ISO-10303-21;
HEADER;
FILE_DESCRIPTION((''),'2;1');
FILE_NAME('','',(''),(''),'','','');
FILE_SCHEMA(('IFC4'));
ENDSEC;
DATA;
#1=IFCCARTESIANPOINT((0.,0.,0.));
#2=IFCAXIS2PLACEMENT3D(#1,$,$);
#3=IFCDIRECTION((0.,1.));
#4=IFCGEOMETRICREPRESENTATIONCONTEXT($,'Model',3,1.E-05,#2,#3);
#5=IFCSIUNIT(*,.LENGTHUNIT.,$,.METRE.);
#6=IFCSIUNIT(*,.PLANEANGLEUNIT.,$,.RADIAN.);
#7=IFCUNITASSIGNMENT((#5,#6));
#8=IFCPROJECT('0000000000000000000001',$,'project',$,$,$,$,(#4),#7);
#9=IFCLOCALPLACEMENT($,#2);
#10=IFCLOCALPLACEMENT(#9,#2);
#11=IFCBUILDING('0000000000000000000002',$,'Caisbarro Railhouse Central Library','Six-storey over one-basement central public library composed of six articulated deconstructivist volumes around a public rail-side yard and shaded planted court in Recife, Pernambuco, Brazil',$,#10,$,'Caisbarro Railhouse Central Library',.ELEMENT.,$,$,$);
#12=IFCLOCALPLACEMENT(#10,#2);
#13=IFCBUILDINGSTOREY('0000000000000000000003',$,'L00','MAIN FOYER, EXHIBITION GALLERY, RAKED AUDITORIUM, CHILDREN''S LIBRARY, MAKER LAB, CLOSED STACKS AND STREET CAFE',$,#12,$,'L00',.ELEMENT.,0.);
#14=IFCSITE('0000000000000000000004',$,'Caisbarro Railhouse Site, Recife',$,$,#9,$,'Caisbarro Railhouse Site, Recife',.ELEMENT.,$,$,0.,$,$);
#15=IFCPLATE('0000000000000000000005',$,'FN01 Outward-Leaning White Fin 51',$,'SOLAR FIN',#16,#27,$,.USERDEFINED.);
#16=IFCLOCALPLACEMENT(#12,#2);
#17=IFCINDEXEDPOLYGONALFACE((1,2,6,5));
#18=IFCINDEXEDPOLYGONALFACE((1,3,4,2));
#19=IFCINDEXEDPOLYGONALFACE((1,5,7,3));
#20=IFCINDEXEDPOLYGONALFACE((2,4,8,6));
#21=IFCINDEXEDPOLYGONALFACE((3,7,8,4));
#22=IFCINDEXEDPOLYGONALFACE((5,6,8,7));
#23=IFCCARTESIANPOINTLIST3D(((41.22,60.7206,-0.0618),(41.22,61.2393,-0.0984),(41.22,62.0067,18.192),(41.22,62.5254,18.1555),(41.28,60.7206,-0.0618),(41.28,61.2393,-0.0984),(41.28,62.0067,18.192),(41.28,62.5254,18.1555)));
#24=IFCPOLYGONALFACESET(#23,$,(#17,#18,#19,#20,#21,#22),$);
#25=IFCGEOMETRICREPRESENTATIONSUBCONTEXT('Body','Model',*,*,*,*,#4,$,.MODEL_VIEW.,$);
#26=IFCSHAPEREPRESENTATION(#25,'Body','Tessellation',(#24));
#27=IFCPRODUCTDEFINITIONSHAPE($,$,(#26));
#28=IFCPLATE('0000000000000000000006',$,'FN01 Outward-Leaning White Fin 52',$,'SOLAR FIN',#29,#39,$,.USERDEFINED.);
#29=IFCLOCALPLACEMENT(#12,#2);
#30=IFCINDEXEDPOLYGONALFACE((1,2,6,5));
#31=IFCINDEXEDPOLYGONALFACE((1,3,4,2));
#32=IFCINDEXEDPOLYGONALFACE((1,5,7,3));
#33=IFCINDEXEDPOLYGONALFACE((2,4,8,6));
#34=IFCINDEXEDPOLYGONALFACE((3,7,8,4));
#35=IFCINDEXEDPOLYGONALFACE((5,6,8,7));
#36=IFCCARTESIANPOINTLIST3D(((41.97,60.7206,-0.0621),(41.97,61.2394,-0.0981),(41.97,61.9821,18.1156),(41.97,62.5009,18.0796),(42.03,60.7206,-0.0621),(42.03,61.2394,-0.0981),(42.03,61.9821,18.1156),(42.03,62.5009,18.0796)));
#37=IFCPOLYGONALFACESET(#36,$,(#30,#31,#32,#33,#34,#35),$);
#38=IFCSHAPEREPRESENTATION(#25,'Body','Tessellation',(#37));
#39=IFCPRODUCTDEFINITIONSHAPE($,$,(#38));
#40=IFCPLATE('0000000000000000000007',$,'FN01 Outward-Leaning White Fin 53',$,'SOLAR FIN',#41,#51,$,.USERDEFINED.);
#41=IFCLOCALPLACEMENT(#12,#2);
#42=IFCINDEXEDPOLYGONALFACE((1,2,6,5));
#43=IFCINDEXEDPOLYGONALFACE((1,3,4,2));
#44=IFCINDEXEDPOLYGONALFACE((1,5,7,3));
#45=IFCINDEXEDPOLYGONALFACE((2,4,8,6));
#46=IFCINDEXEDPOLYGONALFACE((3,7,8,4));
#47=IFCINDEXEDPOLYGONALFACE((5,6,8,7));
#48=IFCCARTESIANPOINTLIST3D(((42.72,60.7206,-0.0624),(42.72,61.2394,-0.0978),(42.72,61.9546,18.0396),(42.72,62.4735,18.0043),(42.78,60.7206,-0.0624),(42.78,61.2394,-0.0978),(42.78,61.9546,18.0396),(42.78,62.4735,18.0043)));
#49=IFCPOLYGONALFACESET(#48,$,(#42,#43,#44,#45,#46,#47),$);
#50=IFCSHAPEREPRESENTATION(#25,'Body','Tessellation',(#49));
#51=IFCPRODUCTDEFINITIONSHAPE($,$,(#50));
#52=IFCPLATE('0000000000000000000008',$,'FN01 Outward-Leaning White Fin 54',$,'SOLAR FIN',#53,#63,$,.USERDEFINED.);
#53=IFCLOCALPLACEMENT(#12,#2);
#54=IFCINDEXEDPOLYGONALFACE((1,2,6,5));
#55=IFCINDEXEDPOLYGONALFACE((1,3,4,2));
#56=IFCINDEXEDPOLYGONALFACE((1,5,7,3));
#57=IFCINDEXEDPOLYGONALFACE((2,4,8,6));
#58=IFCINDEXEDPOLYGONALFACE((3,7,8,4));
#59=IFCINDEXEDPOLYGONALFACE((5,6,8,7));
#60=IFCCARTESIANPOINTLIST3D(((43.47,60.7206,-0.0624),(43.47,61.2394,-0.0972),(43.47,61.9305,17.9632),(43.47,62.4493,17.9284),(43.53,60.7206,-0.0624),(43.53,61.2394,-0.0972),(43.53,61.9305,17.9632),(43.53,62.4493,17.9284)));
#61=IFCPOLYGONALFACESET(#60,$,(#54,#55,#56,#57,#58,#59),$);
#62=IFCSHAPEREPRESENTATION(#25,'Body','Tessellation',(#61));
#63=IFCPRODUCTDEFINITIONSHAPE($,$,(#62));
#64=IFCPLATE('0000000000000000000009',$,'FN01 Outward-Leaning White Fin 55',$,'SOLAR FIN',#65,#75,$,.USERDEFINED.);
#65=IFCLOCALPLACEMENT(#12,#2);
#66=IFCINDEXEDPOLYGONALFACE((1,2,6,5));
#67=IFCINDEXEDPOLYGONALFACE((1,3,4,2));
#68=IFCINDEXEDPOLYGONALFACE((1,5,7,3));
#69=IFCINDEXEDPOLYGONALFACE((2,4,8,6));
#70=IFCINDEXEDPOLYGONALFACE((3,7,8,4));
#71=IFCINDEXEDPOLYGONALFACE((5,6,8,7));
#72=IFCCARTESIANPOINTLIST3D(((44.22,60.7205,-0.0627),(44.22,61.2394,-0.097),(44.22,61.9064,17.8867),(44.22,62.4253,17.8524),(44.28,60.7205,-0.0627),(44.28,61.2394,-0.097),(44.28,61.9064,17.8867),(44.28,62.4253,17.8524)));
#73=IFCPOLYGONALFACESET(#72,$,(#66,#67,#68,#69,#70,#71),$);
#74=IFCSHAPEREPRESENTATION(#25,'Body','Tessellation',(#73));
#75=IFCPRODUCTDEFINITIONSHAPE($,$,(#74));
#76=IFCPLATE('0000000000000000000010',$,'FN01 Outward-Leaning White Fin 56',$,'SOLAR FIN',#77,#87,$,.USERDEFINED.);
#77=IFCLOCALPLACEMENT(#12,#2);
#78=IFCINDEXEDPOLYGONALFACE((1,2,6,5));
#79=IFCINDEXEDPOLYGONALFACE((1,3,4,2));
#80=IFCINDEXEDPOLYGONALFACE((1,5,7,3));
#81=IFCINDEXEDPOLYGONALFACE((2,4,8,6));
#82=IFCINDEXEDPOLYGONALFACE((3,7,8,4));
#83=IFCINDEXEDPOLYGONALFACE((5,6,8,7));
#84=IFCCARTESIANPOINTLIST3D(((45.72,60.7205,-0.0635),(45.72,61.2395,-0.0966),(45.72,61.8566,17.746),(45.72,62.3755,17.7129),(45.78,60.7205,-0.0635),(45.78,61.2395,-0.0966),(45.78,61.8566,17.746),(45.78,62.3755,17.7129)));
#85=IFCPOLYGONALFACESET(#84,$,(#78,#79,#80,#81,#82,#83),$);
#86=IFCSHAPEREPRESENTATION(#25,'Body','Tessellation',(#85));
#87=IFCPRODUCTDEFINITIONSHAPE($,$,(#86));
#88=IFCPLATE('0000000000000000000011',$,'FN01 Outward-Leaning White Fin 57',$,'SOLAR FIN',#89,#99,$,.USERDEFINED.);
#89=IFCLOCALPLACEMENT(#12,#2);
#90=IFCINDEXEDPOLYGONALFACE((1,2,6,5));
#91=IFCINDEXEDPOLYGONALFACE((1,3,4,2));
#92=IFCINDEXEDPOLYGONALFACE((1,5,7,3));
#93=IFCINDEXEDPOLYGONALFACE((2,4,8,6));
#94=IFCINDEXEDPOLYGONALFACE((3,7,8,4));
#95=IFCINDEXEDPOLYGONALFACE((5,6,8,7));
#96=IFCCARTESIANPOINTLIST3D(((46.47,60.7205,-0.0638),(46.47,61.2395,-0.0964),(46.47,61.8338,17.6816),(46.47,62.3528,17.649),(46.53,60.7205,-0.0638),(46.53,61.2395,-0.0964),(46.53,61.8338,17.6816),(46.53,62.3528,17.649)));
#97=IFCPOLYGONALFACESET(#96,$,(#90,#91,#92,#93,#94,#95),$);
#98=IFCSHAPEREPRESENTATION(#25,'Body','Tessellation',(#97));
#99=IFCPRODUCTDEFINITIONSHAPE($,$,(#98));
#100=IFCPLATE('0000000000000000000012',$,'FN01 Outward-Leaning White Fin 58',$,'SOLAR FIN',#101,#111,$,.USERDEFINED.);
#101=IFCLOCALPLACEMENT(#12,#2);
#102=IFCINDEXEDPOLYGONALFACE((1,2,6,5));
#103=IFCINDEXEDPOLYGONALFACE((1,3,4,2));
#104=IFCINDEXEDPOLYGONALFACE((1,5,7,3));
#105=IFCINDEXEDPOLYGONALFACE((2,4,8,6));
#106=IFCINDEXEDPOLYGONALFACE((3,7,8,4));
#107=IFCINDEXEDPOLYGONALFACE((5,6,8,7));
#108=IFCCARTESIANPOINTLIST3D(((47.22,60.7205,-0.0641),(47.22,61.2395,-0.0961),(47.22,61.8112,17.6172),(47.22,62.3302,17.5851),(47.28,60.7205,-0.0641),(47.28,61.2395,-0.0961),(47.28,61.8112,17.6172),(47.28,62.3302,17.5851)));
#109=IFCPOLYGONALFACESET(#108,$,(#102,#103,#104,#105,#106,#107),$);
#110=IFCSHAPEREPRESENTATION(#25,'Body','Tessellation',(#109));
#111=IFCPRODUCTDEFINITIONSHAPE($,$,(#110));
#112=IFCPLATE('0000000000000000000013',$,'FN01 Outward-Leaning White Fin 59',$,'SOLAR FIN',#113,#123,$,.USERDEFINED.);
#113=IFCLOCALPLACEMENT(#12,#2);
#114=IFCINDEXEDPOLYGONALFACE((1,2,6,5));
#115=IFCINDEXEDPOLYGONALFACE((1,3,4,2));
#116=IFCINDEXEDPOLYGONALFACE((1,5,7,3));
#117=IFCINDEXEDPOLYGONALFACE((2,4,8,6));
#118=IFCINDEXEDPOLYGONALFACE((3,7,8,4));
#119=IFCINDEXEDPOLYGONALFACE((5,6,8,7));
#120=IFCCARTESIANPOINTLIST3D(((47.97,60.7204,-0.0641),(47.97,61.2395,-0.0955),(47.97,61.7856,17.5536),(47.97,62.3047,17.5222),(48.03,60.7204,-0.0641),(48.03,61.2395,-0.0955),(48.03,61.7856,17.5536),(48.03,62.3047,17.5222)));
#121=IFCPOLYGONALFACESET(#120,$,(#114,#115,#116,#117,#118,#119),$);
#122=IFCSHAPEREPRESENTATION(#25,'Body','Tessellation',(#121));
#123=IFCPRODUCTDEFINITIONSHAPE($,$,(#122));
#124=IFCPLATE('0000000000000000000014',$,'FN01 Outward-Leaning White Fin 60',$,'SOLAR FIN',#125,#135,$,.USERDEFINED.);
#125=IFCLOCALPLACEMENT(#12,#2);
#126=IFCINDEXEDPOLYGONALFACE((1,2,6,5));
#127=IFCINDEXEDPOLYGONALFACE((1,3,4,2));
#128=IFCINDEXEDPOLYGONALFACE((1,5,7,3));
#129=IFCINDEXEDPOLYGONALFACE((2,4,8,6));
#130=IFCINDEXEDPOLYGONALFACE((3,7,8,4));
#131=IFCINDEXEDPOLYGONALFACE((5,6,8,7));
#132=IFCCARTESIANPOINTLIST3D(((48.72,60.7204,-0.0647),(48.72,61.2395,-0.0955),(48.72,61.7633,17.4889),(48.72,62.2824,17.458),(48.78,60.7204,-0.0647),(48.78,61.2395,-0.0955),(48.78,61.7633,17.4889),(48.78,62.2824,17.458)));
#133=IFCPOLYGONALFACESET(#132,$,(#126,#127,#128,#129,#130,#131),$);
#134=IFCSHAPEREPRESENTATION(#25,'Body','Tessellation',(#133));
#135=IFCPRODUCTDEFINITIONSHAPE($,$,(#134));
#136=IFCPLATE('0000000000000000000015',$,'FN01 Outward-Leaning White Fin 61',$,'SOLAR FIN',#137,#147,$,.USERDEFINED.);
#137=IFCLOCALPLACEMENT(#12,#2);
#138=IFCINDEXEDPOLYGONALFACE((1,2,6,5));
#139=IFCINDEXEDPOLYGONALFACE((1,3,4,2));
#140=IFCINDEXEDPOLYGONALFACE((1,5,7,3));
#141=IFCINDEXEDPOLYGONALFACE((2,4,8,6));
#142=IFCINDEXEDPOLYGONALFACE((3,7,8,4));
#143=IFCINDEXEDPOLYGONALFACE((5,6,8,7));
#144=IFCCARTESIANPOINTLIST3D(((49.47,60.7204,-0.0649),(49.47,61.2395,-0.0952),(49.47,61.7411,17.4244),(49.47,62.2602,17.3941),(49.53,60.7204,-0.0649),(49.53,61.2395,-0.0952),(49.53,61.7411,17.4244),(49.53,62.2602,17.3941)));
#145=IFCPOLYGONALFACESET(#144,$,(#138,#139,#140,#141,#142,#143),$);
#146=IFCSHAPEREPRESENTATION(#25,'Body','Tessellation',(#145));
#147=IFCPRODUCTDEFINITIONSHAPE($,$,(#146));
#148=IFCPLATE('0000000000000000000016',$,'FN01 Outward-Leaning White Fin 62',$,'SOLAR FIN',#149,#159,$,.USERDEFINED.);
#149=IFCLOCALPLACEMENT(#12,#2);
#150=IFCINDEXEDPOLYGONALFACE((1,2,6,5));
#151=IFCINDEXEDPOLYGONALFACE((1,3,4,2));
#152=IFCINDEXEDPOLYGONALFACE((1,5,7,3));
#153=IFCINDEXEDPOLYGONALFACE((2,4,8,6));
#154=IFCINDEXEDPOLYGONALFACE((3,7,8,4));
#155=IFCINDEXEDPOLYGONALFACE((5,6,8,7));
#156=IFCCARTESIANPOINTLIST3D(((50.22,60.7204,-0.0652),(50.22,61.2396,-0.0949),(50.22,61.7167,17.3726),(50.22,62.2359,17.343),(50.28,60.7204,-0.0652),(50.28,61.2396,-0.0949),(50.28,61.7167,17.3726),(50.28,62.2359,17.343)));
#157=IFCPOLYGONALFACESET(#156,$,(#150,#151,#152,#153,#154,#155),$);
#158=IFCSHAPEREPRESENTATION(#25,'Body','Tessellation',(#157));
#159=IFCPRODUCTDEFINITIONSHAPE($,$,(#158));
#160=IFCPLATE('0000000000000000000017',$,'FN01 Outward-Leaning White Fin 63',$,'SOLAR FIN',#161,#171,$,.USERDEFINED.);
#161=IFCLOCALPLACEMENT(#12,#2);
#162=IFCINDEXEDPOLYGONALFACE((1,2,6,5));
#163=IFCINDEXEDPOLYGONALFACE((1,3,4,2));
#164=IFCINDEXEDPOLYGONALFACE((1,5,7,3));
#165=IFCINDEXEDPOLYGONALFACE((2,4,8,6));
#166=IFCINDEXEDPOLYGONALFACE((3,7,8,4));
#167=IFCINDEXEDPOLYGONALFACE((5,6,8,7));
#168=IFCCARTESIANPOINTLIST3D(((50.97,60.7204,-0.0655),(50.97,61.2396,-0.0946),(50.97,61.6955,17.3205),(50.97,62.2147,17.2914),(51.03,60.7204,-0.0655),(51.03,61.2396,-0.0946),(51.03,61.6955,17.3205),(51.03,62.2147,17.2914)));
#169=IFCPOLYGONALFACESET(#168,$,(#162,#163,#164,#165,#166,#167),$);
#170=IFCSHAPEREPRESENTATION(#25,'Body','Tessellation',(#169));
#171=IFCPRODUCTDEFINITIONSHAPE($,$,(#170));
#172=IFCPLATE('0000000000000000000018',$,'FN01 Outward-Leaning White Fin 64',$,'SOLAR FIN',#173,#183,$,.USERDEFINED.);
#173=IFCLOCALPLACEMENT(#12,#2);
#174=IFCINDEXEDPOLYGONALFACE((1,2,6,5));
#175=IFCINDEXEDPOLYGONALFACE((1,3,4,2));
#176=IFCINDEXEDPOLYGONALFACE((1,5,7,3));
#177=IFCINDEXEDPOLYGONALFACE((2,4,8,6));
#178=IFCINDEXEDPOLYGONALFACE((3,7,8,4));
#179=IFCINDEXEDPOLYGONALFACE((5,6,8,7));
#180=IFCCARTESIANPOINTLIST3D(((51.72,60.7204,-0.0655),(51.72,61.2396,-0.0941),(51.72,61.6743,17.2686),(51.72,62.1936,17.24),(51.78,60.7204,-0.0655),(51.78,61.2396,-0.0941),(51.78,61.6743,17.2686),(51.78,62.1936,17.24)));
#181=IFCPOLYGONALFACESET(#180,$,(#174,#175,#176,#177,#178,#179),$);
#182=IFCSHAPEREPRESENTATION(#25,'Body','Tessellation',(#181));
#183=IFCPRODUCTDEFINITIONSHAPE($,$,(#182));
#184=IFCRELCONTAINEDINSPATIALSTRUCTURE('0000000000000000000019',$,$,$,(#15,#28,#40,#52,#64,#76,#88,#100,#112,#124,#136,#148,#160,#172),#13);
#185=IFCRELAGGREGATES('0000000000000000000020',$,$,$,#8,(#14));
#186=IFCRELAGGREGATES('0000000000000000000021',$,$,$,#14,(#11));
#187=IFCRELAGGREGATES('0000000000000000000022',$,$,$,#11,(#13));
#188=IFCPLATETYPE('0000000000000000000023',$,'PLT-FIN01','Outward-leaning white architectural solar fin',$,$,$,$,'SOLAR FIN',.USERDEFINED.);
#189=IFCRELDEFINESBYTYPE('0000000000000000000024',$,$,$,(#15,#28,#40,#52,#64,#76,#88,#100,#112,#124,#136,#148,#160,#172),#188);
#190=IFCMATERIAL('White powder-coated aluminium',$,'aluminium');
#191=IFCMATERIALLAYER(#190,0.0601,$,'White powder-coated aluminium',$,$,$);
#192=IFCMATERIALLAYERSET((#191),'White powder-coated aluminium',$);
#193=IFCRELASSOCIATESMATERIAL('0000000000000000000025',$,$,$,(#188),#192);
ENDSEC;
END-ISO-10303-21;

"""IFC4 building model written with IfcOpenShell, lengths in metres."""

from ifc_helpers import new_model, si_unit, direction, frame, origin, origin_2d, place, context, subcontext, project, spatial, rectangle, extrude, material, layer, layer_set, type_object, element, save


model = new_model("IFC4")

# Units and contexts
model_context = context("Model", 3, precision=1e-05, world=origin(), true_north=direction((0.0, 1.0)))
body_context = subcontext(model_context, "Body", "Model", "MODEL_VIEW")
ifc_project = project(units=[si_unit("LENGTHUNIT", "METRE"), si_unit("PLANEANGLEUNIT", "RADIAN")], contexts=[model_context])

# Site, building, storey
site_placement = place(None, origin())
site = spatial("IfcSite", under=ifc_project, at=site_placement, Name="Caisbarro Railhouse Site, Recife", LongName="Caisbarro Railhouse Site, Recife", CompositionType="ELEMENT", RefElevation=0.0)
building_placement = place(site_placement, origin())
building = spatial("IfcBuilding", under=site, at=building_placement, Name="Caisbarro Railhouse Central Library", Description="Six-storey over one-basement central public library composed of six articulated deconstructivist volumes around a public rail-side yard and shaded planted court in Recife, Pernambuco, Brazil", LongName="Caisbarro Railhouse Central Library", CompositionType="ELEMENT")
storey_placement = place(building_placement, origin())
storey = spatial("IfcBuildingStorey", under=building, at=storey_placement, Name="L00", Description="MAIN FOYER, EXHIBITION GALLERY, RAKED AUDITORIUM, CHILDREN'S LIBRARY, MAKER LAB, CLOSED STACKS AND STREET CAFE", LongName="L00", CompositionType="ELEMENT", Elevation=0.0)

# Plates
ifc_material_1 = material(Name="White powder-coated aluminium", Category="aluminium")
ifc_layer_1 = layer(ifc_material_1, 0.0601, Name="White powder-coated aluminium")
ifc_layer_set_1 = layer_set([ifc_layer_1], Name="White powder-coated aluminium")
plate_type_1 = type_object("IfcPlateType", Name="PLT-FIN01", Description="Outward-leaning white architectural solar fin", ElementType="SOLAR FIN", PredefinedType="USERDEFINED", material=ifc_layer_set_1)
plate_1_placement = place(storey_placement, frame((41.25, 60.98, -0.0801), z_axis=(0.0, 0.070279, 0.997527), x_axis=(1.0, 0.0, 0.0)))
element("IfcPlate", 1, at=plate_1_placement, inside=storey, type_object=plate_type_1, Name="FN01 Outward-Leaning White Fin 51", ObjectType="SOLAR FIN", PredefinedType="USERDEFINED", context=body_context, shape_type="SweptSolid", body=[
    extrude(rectangle(XDim=0.0601, YDim=0.52, at=origin_2d()), origin(), (0.0, 0.0, 1.0), 18.2991),
])
plate_2_placement = place(storey_placement, frame((42.0, 60.98, -0.0801), z_axis=(0.0, 0.069234, 0.9976), x_axis=(1.0, 0.0, 0.0)))
element("IfcPlate", 2, at=plate_2_placement, inside=storey, type_object=plate_type_1, Name="FN01 Outward-Leaning White Fin 52", ObjectType="SOLAR FIN", PredefinedType="USERDEFINED", context=body_context, shape_type="SweptSolid", body=[
    extrude(rectangle(XDim=0.0601, YDim=0.52, at=origin_2d()), origin(), (0.0, 0.0, 1.0), 18.2214),
])
plate_3_placement = place(storey_placement, frame((42.75, 60.98, -0.0801), z_axis=(0.0, 0.068015, 0.997684), x_axis=(1.0, 0.0, 0.0)))
element("IfcPlate", 3, at=plate_3_placement, inside=storey, type_object=plate_type_1, Name="FN01 Outward-Leaning White Fin 53", ObjectType="SOLAR FIN", PredefinedType="USERDEFINED", context=body_context, shape_type="SweptSolid", body=[
    extrude(rectangle(XDim=0.0601, YDim=0.52, at=origin_2d()), origin(), (0.0, 0.0, 1.0), 18.144),
])
plate_4_placement = place(storey_placement, frame((43.5, 60.98, -0.0798), z_axis=(0.0, 0.06697, 0.997755), x_axis=(1.0, 0.0, 0.0)))
element("IfcPlate", 4, at=plate_4_placement, inside=storey, type_object=plate_type_1, Name="FN01 Outward-Leaning White Fin 54", ObjectType="SOLAR FIN", PredefinedType="USERDEFINED", context=body_context, shape_type="SweptSolid", body=[
    extrude(rectangle(XDim=0.0601, YDim=0.52, at=origin_2d()), origin(), (0.0, 0.0, 1.0), 18.0662),
])
plate_5_placement = place(storey_placement, frame((44.25, 60.98, -0.0798), z_axis=(0.0, 0.065926, 0.997825), x_axis=(1.0, 0.0, 0.0)))
element("IfcPlate", 5, at=plate_5_placement, inside=storey, type_object=plate_type_1, Name="FN01 Outward-Leaning White Fin 55", ObjectType="SOLAR FIN", PredefinedType="USERDEFINED", context=body_context, shape_type="SweptSolid", body=[
    extrude(rectangle(XDim=0.0601, YDim=0.52, at=origin_2d()), origin(), (0.0, 0.0, 1.0), 17.9885),
])
plate_6_placement = place(storey_placement, frame((45.75, 60.98, -0.0801), z_axis=(0.0, 0.063661, 0.997972), x_axis=(1.0, 0.0, 0.0)))
element("IfcPlate", 6, at=plate_6_placement, inside=storey, type_object=plate_type_1, Name="FN01 Outward-Leaning White Fin 56", ObjectType="SOLAR FIN", PredefinedType="USERDEFINED", context=body_context, shape_type="SweptSolid", body=[
    extrude(rectangle(XDim=0.0601, YDim=0.52, at=origin_2d()), origin(), (0.0, 0.0, 1.0), 17.8457),
])
plate_7_placement = place(storey_placement, frame((46.5, 60.98, -0.0801), z_axis=(0.0, 0.062616, 0.998038), x_axis=(1.0, 0.0, 0.0)))
element("IfcPlate", 7, at=plate_7_placement, inside=storey, type_object=plate_type_1, Name="FN01 Outward-Leaning White Fin 57", ObjectType="SOLAR FIN", PredefinedType="USERDEFINED", context=body_context, shape_type="SweptSolid", body=[
    extrude(rectangle(XDim=0.0601, YDim=0.52, at=origin_2d()), origin(), (0.0, 0.0, 1.0), 17.7803),
])
plate_8_placement = place(storey_placement, frame((47.25, 60.98, -0.0801), z_axis=(0.0, 0.061571, 0.998103), x_axis=(1.0, 0.0, 0.0)))
element("IfcPlate", 8, at=plate_8_placement, inside=storey, type_object=plate_type_1, Name="FN01 Outward-Leaning White Fin 58", ObjectType="SOLAR FIN", PredefinedType="USERDEFINED", context=body_context, shape_type="SweptSolid", body=[
    extrude(rectangle(XDim=0.0601, YDim=0.52, at=origin_2d()), origin(), (0.0, 0.0, 1.0), 17.7148),
])
plate_9_placement = place(storey_placement, frame((48.0, 60.98, -0.0798), z_axis=(0.0, 0.060352, 0.998177), x_axis=(1.0, 0.0, 0.0)))
element("IfcPlate", 9, at=plate_9_placement, inside=storey, type_object=plate_type_1, Name="FN01 Outward-Leaning White Fin 59", ObjectType="SOLAR FIN", PredefinedType="USERDEFINED", context=body_context, shape_type="SweptSolid", body=[
    extrude(rectangle(XDim=0.0601, YDim=0.52, at=origin_2d()), origin(), (0.0, 0.0, 1.0), 17.6499),
])
plate_10_placement = place(storey_placement, frame((48.75, 60.98, -0.0801), z_axis=(0.0, 0.059306, 0.99824), x_axis=(1.0, 0.0, 0.0)))
element("IfcPlate", 10, at=plate_10_placement, inside=storey, type_object=plate_type_1, Name="FN01 Outward-Leaning White Fin 60", ObjectType="SOLAR FIN", PredefinedType="USERDEFINED", context=body_context, shape_type="SweptSolid", body=[
    extrude(rectangle(XDim=0.0601, YDim=0.52, at=origin_2d()), origin(), (0.0, 0.0, 1.0), 17.5845),
])
plate_11_placement = place(storey_placement, frame((49.5, 60.98, -0.0801), z_axis=(0.0, 0.058261, 0.998301), x_axis=(1.0, 0.0, 0.0)))
element("IfcPlate", 11, at=plate_11_placement, inside=storey, type_object=plate_type_1, Name="FN01 Outward-Leaning White Fin 61", ObjectType="SOLAR FIN", PredefinedType="USERDEFINED", context=body_context, shape_type="SweptSolid", body=[
    extrude(rectangle(XDim=0.0601, YDim=0.52, at=origin_2d()), origin(), (0.0, 0.0, 1.0), 17.519),
])
plate_12_placement = place(storey_placement, frame((50.25, 60.98, -0.0801), z_axis=(0.0, 0.057041, 0.998372), x_axis=(1.0, 0.0, 0.0)))
element("IfcPlate", 12, at=plate_12_placement, inside=storey, type_object=plate_type_1, Name="FN01 Outward-Leaning White Fin 62", ObjectType="SOLAR FIN", PredefinedType="USERDEFINED", context=body_context, shape_type="SweptSolid", body=[
    extrude(rectangle(XDim=0.0601, YDim=0.52, at=origin_2d()), origin(), (0.0, 0.0, 1.0), 17.4663),
])
plate_13_placement = place(storey_placement, frame((51.0, 60.98, -0.0801), z_axis=(0.0, 0.055996, 0.998431), x_axis=(1.0, 0.0, 0.0)))
element("IfcPlate", 13, at=plate_13_placement, inside=storey, type_object=plate_type_1, Name="FN01 Outward-Leaning White Fin 63", ObjectType="SOLAR FIN", PredefinedType="USERDEFINED", context=body_context, shape_type="SweptSolid", body=[
    extrude(rectangle(XDim=0.0601, YDim=0.52, at=origin_2d()), origin(), (0.0, 0.0, 1.0), 17.4133),
])
plate_14_placement = place(storey_placement, frame((51.75, 60.98, -0.0798), z_axis=(0.0, 0.05495, 0.998489), x_axis=(1.0, 0.0, 0.0)))
element("IfcPlate", 14, at=plate_14_placement, inside=storey, type_object=plate_type_1, Name="FN01 Outward-Leaning White Fin 64", ObjectType="SOLAR FIN", PredefinedType="USERDEFINED", context=body_context, shape_type="SweptSolid", body=[
    extrude(rectangle(XDim=0.0601, YDim=0.52, at=origin_2d()), origin(), (0.0, 0.0, 1.0), 17.3604),
])

save(model, "model.ifc")
